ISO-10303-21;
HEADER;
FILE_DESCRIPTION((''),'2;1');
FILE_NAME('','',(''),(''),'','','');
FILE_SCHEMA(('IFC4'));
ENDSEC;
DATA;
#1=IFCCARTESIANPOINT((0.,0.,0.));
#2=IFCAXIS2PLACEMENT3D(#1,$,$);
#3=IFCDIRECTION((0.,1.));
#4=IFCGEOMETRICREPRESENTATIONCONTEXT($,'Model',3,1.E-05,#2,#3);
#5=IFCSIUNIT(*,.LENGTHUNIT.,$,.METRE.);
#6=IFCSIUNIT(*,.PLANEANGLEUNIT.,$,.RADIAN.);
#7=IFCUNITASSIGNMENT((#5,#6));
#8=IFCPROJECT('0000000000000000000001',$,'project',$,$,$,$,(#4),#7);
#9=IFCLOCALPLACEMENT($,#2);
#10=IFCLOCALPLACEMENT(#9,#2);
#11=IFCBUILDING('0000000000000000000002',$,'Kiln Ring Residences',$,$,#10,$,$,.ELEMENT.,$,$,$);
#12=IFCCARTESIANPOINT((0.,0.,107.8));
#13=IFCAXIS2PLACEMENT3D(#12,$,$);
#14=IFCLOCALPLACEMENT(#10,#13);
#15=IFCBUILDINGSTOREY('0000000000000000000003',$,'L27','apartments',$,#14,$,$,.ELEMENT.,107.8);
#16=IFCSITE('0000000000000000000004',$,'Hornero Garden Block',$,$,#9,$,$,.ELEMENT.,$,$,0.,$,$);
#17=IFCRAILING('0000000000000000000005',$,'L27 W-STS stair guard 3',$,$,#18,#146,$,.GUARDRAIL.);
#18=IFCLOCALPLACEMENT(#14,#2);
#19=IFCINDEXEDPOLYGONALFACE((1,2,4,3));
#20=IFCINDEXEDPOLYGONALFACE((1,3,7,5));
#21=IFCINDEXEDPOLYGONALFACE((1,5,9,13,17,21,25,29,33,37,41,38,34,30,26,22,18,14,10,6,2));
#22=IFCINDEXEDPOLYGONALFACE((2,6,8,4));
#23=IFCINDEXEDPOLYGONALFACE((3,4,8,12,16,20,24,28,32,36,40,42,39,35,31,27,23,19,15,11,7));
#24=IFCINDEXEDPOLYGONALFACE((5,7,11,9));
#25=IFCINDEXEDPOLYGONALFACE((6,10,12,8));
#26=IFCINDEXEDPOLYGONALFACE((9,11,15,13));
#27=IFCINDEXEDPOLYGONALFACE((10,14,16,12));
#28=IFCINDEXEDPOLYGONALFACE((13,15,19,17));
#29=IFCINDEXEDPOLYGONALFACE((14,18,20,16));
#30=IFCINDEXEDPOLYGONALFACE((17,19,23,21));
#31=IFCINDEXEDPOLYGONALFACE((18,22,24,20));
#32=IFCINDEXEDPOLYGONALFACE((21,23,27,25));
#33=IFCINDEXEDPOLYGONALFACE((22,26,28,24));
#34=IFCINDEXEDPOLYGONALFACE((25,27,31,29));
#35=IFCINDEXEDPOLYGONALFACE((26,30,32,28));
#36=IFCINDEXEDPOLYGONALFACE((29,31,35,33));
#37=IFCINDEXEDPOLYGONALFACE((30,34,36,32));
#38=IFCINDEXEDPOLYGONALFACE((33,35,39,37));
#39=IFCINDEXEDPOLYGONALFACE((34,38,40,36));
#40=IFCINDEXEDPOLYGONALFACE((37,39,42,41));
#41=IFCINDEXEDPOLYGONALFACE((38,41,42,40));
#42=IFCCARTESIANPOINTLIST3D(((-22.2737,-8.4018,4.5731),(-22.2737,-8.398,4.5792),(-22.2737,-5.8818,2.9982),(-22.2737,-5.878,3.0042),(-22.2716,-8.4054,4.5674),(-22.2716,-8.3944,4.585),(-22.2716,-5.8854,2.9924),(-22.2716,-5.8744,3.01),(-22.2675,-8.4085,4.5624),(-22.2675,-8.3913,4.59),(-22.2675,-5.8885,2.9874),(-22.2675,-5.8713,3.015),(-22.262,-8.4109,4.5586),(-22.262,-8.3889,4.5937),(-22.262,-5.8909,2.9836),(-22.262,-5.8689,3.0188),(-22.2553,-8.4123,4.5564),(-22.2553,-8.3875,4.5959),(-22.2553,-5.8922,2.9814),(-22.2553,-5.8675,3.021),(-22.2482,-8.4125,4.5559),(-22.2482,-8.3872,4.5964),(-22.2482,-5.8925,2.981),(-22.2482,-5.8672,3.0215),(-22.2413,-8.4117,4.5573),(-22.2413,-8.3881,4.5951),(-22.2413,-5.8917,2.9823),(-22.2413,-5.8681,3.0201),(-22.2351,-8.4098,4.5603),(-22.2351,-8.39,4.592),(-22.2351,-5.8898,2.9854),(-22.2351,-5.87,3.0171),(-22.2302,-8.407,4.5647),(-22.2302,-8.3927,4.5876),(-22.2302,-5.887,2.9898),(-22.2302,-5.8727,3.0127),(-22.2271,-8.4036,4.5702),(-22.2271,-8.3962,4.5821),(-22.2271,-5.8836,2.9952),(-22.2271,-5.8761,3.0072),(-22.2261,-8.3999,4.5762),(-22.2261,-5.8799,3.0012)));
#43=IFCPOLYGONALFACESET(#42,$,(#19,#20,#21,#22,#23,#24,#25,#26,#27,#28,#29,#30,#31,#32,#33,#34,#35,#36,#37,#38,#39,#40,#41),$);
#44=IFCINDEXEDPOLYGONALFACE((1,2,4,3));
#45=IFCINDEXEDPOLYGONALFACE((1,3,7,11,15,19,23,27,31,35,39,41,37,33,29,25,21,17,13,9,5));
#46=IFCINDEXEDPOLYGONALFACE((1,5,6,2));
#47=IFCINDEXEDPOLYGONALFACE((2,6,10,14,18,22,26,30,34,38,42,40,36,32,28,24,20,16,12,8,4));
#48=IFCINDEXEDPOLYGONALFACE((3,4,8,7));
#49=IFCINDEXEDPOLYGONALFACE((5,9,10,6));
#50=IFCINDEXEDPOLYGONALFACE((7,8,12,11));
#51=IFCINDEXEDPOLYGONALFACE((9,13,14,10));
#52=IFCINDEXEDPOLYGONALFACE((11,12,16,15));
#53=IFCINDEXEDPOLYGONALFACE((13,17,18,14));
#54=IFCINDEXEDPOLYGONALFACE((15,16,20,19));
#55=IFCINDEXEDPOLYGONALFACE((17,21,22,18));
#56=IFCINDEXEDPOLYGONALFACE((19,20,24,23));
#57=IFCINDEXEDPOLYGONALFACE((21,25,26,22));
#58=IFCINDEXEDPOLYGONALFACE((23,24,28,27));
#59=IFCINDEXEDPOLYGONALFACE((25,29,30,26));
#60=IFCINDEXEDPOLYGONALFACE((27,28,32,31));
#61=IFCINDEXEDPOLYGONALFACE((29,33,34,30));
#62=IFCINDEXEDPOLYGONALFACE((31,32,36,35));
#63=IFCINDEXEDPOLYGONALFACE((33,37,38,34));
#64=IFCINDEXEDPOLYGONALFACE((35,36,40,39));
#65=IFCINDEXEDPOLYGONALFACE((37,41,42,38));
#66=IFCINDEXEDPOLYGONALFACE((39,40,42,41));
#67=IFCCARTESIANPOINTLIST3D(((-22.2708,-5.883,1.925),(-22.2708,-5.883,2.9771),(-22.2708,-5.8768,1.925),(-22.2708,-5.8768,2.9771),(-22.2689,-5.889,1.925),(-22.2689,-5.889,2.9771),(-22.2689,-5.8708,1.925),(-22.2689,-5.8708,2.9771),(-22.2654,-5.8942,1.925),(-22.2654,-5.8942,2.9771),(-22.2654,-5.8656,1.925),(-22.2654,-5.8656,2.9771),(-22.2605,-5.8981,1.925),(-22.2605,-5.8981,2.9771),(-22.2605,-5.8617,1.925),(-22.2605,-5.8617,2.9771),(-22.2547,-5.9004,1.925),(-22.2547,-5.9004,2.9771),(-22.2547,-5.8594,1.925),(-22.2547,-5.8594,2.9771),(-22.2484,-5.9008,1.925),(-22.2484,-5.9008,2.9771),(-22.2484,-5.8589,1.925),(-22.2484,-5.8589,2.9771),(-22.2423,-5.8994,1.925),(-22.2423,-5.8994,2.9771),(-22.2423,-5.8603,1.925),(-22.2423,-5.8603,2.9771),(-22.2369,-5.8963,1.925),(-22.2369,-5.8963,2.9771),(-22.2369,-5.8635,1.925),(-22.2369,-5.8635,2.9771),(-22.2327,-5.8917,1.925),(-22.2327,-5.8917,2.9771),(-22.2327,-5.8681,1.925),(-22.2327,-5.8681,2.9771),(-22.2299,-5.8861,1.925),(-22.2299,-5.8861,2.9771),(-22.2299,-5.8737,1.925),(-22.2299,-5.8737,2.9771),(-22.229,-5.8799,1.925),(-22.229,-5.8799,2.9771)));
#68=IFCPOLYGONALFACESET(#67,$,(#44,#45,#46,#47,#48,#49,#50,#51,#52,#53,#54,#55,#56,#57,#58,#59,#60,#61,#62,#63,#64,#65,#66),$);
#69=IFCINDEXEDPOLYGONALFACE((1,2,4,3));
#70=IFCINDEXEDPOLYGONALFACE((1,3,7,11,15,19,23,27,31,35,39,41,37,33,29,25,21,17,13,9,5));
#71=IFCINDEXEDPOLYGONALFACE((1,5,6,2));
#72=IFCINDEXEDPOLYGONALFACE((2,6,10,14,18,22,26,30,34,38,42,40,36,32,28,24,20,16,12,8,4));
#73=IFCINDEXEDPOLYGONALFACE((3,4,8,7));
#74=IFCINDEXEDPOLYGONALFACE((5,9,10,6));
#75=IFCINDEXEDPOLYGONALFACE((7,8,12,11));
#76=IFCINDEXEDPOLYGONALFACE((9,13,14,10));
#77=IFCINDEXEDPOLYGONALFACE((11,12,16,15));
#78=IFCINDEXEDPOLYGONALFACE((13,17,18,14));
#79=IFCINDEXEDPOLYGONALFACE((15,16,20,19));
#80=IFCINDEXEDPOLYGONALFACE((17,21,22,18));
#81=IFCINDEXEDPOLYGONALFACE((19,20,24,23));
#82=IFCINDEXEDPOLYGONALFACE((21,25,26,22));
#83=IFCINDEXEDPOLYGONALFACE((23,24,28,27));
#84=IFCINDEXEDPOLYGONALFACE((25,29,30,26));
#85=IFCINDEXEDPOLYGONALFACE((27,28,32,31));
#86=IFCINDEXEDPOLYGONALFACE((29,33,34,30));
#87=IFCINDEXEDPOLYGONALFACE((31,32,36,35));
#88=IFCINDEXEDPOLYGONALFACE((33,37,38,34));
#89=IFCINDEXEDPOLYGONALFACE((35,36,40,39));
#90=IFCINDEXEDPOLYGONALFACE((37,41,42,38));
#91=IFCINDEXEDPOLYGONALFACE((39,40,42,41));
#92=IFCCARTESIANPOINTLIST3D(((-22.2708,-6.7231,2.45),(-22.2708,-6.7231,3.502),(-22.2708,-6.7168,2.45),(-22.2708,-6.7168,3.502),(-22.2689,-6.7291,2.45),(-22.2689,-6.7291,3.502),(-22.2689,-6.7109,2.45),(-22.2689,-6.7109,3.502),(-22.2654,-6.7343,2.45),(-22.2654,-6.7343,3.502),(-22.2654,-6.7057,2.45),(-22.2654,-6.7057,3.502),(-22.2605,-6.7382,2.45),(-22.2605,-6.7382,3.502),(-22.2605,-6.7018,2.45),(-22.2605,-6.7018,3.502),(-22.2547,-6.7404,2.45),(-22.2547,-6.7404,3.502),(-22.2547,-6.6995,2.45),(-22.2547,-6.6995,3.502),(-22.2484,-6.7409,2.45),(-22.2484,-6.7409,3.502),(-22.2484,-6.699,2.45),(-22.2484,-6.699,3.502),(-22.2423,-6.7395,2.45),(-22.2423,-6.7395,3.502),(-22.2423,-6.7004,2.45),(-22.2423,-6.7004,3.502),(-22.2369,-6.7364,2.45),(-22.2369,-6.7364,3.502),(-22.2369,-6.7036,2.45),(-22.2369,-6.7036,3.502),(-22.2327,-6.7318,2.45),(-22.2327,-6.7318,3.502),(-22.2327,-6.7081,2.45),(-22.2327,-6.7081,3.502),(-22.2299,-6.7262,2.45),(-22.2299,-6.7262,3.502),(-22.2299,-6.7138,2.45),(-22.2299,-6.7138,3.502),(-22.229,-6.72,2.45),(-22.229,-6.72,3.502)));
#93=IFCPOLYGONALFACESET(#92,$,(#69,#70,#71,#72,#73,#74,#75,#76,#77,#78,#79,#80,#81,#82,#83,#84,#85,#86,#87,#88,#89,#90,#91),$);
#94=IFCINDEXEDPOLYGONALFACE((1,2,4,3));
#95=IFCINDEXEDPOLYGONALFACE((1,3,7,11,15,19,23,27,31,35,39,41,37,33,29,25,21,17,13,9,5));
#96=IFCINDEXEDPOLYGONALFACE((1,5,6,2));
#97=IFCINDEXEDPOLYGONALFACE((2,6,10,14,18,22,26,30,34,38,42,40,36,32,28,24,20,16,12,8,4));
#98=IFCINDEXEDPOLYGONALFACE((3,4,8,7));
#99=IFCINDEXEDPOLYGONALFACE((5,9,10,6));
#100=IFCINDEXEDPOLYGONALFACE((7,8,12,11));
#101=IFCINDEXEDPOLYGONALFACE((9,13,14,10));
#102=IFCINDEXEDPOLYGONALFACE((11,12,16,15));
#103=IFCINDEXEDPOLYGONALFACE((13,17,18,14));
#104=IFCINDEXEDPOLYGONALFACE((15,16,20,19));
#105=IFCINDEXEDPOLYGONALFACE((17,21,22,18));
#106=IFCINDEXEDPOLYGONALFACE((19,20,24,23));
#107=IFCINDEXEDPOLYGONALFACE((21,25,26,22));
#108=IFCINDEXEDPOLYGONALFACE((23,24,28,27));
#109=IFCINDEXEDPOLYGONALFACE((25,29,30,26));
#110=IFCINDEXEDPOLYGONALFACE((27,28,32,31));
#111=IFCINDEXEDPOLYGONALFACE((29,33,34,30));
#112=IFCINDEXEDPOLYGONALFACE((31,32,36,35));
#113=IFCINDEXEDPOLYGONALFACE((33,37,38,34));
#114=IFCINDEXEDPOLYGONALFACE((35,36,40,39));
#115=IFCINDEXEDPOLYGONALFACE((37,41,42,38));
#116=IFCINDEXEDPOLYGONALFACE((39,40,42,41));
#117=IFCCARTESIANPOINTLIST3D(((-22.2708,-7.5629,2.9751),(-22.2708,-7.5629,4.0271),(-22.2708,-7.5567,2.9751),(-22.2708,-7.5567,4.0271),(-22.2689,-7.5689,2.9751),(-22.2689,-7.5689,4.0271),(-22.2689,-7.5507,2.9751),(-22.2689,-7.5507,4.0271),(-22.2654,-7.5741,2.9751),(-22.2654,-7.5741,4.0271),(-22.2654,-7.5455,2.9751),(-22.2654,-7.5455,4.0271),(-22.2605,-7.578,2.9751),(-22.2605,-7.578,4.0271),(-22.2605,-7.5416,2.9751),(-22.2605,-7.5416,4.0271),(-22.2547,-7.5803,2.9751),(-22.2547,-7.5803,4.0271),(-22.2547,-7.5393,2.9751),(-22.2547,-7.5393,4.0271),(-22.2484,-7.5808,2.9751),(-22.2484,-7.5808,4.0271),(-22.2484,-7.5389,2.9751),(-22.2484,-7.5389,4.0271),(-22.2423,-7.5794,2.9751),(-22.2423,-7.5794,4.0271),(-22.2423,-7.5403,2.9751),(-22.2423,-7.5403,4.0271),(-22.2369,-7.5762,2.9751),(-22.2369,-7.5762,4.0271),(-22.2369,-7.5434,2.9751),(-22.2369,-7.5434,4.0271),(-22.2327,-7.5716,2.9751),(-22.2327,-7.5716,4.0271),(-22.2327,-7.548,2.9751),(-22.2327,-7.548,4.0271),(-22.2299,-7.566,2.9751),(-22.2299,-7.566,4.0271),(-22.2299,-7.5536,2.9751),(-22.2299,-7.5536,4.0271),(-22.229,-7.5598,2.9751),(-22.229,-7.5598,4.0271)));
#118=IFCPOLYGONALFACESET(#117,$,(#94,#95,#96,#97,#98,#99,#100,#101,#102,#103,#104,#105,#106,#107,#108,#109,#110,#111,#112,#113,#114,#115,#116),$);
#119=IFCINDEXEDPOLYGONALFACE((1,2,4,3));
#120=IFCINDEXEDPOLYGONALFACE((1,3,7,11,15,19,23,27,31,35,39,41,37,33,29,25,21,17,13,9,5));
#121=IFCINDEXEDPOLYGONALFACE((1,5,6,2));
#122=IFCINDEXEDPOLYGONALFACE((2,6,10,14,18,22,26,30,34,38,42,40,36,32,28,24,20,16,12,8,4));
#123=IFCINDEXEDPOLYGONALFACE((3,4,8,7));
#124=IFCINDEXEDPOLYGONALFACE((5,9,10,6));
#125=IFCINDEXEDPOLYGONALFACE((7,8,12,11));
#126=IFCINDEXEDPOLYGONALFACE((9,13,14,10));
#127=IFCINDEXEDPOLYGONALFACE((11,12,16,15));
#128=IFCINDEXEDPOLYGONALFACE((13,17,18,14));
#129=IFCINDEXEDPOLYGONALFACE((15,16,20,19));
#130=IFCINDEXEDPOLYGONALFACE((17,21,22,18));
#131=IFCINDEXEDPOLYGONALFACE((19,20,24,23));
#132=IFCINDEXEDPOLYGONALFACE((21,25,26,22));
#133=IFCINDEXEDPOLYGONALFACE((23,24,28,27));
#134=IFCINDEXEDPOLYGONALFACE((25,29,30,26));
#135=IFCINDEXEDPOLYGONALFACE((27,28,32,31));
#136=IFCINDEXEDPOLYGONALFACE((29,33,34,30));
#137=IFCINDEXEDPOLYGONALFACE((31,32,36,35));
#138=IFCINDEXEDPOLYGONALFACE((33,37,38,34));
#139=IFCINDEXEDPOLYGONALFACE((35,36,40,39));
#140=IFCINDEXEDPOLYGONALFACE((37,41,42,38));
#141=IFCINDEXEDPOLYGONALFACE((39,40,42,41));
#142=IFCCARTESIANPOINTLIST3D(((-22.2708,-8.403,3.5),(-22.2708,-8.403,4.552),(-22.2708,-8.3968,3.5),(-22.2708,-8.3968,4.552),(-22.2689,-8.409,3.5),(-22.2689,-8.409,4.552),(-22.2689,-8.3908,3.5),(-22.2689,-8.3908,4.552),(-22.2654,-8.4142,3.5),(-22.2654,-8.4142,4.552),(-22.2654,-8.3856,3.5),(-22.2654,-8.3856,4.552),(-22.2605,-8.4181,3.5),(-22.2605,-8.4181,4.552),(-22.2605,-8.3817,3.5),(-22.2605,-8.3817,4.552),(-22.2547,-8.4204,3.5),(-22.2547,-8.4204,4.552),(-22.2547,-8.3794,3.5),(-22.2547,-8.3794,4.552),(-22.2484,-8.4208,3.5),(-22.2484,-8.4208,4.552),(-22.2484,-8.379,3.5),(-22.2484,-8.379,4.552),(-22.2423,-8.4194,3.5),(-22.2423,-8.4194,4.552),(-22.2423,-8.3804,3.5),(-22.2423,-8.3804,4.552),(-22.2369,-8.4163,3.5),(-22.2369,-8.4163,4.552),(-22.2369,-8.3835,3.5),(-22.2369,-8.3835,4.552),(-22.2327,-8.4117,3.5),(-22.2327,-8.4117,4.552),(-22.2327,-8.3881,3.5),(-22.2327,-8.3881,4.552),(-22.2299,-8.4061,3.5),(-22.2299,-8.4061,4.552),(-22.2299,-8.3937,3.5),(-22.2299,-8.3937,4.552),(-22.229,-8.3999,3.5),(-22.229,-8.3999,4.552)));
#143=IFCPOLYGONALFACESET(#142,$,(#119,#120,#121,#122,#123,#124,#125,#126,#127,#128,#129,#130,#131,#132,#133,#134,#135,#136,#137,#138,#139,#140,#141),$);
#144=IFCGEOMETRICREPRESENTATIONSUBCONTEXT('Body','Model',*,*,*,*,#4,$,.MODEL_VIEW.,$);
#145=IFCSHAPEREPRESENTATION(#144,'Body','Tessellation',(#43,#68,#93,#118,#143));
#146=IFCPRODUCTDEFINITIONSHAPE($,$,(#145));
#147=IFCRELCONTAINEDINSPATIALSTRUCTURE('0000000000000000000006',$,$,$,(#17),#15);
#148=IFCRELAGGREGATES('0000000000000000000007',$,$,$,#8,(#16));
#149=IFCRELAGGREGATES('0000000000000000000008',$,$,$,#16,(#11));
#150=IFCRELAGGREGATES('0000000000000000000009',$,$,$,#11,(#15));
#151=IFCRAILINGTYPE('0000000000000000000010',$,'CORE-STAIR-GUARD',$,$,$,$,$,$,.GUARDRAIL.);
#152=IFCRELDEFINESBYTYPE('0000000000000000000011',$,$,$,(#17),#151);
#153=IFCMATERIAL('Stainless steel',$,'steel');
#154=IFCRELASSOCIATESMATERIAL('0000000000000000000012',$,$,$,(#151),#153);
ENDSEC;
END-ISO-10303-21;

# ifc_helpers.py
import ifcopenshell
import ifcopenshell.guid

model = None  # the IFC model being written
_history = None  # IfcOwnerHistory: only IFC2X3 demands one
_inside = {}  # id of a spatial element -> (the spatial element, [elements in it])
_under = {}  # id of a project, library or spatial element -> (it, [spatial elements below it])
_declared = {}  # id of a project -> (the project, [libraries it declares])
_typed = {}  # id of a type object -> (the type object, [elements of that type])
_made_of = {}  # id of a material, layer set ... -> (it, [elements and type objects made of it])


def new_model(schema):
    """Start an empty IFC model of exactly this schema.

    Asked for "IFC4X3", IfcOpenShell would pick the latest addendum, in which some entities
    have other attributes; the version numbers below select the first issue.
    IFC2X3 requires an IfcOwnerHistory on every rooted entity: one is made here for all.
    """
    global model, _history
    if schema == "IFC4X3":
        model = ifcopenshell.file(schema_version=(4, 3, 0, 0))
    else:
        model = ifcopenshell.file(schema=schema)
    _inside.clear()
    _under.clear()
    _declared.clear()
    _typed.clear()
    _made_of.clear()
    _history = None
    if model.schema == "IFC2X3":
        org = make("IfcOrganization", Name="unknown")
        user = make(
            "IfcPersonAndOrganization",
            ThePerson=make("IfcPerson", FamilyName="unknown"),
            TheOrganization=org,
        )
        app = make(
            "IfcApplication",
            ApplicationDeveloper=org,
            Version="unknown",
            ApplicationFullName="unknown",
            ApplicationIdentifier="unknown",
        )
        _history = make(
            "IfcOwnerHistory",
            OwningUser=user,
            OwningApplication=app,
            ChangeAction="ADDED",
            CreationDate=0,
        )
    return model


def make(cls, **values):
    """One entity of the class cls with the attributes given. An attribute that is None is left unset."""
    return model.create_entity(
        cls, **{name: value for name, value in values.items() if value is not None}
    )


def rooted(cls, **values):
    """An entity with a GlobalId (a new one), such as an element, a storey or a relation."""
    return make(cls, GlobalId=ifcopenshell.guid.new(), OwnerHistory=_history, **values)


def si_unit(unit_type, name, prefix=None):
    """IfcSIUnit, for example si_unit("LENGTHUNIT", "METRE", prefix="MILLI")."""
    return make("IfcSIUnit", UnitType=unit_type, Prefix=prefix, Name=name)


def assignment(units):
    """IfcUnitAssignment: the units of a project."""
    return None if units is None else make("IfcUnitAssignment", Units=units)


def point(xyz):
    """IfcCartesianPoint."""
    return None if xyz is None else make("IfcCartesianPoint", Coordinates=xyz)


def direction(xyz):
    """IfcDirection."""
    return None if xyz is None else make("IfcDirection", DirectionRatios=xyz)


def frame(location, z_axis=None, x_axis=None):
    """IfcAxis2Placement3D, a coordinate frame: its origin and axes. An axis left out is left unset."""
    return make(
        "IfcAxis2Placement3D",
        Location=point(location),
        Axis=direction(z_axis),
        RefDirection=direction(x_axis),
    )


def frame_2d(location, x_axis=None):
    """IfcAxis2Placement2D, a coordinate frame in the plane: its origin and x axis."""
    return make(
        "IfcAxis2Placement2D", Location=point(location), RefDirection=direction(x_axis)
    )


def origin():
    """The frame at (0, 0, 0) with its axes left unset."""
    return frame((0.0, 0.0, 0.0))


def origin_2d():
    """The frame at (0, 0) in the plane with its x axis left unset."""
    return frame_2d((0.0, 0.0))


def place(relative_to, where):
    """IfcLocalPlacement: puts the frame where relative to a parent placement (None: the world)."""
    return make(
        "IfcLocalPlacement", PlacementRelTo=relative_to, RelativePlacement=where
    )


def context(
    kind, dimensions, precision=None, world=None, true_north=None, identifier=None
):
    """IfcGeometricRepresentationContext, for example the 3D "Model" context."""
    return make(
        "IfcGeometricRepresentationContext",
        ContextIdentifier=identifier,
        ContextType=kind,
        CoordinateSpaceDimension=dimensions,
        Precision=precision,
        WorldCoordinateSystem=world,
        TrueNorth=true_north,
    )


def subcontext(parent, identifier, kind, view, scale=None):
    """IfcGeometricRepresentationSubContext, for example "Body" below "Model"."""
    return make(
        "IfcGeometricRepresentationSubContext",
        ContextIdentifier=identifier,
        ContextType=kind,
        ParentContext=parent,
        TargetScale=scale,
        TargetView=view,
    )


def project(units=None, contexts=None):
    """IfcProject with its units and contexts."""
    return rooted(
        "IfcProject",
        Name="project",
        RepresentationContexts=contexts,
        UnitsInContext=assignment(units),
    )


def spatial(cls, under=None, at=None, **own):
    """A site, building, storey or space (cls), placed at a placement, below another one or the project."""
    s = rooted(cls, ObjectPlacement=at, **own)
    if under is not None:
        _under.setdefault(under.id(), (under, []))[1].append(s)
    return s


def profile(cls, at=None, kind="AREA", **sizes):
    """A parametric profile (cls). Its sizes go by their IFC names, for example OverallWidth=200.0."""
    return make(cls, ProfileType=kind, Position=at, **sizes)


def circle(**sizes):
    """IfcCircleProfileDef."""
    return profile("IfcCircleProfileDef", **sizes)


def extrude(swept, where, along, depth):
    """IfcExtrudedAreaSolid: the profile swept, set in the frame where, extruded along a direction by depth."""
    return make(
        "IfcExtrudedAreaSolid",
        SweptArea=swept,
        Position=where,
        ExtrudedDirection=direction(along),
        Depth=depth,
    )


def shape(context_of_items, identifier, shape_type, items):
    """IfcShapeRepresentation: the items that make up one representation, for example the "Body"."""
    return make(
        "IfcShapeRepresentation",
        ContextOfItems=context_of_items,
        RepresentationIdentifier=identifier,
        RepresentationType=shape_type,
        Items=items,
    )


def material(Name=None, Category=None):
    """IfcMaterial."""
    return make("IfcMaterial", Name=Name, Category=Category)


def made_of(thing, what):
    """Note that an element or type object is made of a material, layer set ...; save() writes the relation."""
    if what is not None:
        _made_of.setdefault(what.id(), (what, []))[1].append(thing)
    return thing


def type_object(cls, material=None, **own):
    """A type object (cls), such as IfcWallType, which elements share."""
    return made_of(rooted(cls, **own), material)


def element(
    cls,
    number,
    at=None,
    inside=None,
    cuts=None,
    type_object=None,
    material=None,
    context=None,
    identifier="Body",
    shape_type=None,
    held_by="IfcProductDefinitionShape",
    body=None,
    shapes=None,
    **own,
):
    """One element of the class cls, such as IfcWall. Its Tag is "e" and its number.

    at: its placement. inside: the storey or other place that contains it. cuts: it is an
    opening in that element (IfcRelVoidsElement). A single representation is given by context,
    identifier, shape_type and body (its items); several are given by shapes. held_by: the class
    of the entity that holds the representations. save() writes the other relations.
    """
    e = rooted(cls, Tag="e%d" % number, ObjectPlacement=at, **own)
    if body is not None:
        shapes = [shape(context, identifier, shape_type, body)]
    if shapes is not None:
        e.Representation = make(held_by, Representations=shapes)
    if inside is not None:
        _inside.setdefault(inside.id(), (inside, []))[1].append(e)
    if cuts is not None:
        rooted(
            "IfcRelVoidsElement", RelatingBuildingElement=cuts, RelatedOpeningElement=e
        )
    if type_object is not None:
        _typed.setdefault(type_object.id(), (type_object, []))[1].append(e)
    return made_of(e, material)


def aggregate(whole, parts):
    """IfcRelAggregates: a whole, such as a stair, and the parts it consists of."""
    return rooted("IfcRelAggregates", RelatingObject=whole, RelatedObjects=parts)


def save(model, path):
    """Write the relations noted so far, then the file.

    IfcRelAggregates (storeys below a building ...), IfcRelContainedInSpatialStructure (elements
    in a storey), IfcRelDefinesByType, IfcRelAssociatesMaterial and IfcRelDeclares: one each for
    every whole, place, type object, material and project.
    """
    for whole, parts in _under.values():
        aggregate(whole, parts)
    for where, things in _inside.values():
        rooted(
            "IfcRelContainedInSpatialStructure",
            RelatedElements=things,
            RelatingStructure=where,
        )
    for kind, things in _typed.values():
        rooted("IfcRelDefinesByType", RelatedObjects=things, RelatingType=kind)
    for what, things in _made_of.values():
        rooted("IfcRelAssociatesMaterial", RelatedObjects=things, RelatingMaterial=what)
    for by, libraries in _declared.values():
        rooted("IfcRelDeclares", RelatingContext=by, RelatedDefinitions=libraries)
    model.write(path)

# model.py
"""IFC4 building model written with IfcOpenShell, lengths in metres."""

from ifc_helpers import new_model, si_unit, direction, frame, origin, origin_2d, place, context, subcontext, project, spatial, circle, extrude, material, type_object, element, save


model = new_model("IFC4")

# Units and contexts
model_context = context("Model", 3, precision=1e-05, world=origin(), true_north=direction((0.0, 1.0)))
body_context = subcontext(model_context, "Body", "Model", "MODEL_VIEW")
ifc_project = project(units=[si_unit("LENGTHUNIT", "METRE"), si_unit("PLANEANGLEUNIT", "RADIAN")], contexts=[model_context])

# Site, building, storey
site_placement = place(None, origin())
site = spatial("IfcSite", under=ifc_project, at=site_placement, Name="Hornero Garden Block", CompositionType="ELEMENT", RefElevation=0.0)
building_placement = place(site_placement, origin())
building = spatial("IfcBuilding", under=site, at=building_placement, Name="Kiln Ring Residences", CompositionType="ELEMENT")
storey_placement = place(building_placement, frame((0.0, 0.0, 107.8)))
storey = spatial("IfcBuildingStorey", under=building, at=storey_placement, Name="L27", Description="apartments", CompositionType="ELEMENT", Elevation=107.8)

# Railing
ifc_material_1 = material(Name="Stainless steel", Category="steel")
railing_type_1 = type_object("IfcRailingType", Name="CORE-STAIR-GUARD", PredefinedType="GUARDRAIL", material=ifc_material_1)
railing_1_placement = place(storey_placement, frame((-22.25, -5.8799, 1.925)))
element("IfcRailing", 1, at=railing_1_placement, inside=storey, type_object=railing_type_1, Name="L27 W-STS stair guard 3", PredefinedType="GUARDRAIL", context=body_context, shape_type="SweptSolid", body=[
    extrude(circle(Radius=0.0239, at=origin_2d()), frame((0.0, 0.0, 1.0762), z_axis=(0.0, -0.848008, 0.529984), x_axis=(1.0, 0.0, 0.0)), (0.0, 0.0, 1.0), 2.9717),
    extrude(circle(Radius=0.021, at=origin_2d()), origin(), (0.0, 0.0, 1.0), 1.052),
    extrude(circle(Radius=0.021, at=origin_2d()), frame((0.0, -0.8401, 0.5249)), (0.0, 0.0, 1.0), 1.052),
    extrude(circle(Radius=0.021, at=origin_2d()), frame((0.0, -1.6799, 1.05)), (0.0, 0.0, 1.0), 1.052),
    extrude(circle(Radius=0.021, at=origin_2d()), frame((0.0, -2.52, 1.575)), (0.0, 0.0, 1.0), 1.052),
])

save(model, "model.ifc")
